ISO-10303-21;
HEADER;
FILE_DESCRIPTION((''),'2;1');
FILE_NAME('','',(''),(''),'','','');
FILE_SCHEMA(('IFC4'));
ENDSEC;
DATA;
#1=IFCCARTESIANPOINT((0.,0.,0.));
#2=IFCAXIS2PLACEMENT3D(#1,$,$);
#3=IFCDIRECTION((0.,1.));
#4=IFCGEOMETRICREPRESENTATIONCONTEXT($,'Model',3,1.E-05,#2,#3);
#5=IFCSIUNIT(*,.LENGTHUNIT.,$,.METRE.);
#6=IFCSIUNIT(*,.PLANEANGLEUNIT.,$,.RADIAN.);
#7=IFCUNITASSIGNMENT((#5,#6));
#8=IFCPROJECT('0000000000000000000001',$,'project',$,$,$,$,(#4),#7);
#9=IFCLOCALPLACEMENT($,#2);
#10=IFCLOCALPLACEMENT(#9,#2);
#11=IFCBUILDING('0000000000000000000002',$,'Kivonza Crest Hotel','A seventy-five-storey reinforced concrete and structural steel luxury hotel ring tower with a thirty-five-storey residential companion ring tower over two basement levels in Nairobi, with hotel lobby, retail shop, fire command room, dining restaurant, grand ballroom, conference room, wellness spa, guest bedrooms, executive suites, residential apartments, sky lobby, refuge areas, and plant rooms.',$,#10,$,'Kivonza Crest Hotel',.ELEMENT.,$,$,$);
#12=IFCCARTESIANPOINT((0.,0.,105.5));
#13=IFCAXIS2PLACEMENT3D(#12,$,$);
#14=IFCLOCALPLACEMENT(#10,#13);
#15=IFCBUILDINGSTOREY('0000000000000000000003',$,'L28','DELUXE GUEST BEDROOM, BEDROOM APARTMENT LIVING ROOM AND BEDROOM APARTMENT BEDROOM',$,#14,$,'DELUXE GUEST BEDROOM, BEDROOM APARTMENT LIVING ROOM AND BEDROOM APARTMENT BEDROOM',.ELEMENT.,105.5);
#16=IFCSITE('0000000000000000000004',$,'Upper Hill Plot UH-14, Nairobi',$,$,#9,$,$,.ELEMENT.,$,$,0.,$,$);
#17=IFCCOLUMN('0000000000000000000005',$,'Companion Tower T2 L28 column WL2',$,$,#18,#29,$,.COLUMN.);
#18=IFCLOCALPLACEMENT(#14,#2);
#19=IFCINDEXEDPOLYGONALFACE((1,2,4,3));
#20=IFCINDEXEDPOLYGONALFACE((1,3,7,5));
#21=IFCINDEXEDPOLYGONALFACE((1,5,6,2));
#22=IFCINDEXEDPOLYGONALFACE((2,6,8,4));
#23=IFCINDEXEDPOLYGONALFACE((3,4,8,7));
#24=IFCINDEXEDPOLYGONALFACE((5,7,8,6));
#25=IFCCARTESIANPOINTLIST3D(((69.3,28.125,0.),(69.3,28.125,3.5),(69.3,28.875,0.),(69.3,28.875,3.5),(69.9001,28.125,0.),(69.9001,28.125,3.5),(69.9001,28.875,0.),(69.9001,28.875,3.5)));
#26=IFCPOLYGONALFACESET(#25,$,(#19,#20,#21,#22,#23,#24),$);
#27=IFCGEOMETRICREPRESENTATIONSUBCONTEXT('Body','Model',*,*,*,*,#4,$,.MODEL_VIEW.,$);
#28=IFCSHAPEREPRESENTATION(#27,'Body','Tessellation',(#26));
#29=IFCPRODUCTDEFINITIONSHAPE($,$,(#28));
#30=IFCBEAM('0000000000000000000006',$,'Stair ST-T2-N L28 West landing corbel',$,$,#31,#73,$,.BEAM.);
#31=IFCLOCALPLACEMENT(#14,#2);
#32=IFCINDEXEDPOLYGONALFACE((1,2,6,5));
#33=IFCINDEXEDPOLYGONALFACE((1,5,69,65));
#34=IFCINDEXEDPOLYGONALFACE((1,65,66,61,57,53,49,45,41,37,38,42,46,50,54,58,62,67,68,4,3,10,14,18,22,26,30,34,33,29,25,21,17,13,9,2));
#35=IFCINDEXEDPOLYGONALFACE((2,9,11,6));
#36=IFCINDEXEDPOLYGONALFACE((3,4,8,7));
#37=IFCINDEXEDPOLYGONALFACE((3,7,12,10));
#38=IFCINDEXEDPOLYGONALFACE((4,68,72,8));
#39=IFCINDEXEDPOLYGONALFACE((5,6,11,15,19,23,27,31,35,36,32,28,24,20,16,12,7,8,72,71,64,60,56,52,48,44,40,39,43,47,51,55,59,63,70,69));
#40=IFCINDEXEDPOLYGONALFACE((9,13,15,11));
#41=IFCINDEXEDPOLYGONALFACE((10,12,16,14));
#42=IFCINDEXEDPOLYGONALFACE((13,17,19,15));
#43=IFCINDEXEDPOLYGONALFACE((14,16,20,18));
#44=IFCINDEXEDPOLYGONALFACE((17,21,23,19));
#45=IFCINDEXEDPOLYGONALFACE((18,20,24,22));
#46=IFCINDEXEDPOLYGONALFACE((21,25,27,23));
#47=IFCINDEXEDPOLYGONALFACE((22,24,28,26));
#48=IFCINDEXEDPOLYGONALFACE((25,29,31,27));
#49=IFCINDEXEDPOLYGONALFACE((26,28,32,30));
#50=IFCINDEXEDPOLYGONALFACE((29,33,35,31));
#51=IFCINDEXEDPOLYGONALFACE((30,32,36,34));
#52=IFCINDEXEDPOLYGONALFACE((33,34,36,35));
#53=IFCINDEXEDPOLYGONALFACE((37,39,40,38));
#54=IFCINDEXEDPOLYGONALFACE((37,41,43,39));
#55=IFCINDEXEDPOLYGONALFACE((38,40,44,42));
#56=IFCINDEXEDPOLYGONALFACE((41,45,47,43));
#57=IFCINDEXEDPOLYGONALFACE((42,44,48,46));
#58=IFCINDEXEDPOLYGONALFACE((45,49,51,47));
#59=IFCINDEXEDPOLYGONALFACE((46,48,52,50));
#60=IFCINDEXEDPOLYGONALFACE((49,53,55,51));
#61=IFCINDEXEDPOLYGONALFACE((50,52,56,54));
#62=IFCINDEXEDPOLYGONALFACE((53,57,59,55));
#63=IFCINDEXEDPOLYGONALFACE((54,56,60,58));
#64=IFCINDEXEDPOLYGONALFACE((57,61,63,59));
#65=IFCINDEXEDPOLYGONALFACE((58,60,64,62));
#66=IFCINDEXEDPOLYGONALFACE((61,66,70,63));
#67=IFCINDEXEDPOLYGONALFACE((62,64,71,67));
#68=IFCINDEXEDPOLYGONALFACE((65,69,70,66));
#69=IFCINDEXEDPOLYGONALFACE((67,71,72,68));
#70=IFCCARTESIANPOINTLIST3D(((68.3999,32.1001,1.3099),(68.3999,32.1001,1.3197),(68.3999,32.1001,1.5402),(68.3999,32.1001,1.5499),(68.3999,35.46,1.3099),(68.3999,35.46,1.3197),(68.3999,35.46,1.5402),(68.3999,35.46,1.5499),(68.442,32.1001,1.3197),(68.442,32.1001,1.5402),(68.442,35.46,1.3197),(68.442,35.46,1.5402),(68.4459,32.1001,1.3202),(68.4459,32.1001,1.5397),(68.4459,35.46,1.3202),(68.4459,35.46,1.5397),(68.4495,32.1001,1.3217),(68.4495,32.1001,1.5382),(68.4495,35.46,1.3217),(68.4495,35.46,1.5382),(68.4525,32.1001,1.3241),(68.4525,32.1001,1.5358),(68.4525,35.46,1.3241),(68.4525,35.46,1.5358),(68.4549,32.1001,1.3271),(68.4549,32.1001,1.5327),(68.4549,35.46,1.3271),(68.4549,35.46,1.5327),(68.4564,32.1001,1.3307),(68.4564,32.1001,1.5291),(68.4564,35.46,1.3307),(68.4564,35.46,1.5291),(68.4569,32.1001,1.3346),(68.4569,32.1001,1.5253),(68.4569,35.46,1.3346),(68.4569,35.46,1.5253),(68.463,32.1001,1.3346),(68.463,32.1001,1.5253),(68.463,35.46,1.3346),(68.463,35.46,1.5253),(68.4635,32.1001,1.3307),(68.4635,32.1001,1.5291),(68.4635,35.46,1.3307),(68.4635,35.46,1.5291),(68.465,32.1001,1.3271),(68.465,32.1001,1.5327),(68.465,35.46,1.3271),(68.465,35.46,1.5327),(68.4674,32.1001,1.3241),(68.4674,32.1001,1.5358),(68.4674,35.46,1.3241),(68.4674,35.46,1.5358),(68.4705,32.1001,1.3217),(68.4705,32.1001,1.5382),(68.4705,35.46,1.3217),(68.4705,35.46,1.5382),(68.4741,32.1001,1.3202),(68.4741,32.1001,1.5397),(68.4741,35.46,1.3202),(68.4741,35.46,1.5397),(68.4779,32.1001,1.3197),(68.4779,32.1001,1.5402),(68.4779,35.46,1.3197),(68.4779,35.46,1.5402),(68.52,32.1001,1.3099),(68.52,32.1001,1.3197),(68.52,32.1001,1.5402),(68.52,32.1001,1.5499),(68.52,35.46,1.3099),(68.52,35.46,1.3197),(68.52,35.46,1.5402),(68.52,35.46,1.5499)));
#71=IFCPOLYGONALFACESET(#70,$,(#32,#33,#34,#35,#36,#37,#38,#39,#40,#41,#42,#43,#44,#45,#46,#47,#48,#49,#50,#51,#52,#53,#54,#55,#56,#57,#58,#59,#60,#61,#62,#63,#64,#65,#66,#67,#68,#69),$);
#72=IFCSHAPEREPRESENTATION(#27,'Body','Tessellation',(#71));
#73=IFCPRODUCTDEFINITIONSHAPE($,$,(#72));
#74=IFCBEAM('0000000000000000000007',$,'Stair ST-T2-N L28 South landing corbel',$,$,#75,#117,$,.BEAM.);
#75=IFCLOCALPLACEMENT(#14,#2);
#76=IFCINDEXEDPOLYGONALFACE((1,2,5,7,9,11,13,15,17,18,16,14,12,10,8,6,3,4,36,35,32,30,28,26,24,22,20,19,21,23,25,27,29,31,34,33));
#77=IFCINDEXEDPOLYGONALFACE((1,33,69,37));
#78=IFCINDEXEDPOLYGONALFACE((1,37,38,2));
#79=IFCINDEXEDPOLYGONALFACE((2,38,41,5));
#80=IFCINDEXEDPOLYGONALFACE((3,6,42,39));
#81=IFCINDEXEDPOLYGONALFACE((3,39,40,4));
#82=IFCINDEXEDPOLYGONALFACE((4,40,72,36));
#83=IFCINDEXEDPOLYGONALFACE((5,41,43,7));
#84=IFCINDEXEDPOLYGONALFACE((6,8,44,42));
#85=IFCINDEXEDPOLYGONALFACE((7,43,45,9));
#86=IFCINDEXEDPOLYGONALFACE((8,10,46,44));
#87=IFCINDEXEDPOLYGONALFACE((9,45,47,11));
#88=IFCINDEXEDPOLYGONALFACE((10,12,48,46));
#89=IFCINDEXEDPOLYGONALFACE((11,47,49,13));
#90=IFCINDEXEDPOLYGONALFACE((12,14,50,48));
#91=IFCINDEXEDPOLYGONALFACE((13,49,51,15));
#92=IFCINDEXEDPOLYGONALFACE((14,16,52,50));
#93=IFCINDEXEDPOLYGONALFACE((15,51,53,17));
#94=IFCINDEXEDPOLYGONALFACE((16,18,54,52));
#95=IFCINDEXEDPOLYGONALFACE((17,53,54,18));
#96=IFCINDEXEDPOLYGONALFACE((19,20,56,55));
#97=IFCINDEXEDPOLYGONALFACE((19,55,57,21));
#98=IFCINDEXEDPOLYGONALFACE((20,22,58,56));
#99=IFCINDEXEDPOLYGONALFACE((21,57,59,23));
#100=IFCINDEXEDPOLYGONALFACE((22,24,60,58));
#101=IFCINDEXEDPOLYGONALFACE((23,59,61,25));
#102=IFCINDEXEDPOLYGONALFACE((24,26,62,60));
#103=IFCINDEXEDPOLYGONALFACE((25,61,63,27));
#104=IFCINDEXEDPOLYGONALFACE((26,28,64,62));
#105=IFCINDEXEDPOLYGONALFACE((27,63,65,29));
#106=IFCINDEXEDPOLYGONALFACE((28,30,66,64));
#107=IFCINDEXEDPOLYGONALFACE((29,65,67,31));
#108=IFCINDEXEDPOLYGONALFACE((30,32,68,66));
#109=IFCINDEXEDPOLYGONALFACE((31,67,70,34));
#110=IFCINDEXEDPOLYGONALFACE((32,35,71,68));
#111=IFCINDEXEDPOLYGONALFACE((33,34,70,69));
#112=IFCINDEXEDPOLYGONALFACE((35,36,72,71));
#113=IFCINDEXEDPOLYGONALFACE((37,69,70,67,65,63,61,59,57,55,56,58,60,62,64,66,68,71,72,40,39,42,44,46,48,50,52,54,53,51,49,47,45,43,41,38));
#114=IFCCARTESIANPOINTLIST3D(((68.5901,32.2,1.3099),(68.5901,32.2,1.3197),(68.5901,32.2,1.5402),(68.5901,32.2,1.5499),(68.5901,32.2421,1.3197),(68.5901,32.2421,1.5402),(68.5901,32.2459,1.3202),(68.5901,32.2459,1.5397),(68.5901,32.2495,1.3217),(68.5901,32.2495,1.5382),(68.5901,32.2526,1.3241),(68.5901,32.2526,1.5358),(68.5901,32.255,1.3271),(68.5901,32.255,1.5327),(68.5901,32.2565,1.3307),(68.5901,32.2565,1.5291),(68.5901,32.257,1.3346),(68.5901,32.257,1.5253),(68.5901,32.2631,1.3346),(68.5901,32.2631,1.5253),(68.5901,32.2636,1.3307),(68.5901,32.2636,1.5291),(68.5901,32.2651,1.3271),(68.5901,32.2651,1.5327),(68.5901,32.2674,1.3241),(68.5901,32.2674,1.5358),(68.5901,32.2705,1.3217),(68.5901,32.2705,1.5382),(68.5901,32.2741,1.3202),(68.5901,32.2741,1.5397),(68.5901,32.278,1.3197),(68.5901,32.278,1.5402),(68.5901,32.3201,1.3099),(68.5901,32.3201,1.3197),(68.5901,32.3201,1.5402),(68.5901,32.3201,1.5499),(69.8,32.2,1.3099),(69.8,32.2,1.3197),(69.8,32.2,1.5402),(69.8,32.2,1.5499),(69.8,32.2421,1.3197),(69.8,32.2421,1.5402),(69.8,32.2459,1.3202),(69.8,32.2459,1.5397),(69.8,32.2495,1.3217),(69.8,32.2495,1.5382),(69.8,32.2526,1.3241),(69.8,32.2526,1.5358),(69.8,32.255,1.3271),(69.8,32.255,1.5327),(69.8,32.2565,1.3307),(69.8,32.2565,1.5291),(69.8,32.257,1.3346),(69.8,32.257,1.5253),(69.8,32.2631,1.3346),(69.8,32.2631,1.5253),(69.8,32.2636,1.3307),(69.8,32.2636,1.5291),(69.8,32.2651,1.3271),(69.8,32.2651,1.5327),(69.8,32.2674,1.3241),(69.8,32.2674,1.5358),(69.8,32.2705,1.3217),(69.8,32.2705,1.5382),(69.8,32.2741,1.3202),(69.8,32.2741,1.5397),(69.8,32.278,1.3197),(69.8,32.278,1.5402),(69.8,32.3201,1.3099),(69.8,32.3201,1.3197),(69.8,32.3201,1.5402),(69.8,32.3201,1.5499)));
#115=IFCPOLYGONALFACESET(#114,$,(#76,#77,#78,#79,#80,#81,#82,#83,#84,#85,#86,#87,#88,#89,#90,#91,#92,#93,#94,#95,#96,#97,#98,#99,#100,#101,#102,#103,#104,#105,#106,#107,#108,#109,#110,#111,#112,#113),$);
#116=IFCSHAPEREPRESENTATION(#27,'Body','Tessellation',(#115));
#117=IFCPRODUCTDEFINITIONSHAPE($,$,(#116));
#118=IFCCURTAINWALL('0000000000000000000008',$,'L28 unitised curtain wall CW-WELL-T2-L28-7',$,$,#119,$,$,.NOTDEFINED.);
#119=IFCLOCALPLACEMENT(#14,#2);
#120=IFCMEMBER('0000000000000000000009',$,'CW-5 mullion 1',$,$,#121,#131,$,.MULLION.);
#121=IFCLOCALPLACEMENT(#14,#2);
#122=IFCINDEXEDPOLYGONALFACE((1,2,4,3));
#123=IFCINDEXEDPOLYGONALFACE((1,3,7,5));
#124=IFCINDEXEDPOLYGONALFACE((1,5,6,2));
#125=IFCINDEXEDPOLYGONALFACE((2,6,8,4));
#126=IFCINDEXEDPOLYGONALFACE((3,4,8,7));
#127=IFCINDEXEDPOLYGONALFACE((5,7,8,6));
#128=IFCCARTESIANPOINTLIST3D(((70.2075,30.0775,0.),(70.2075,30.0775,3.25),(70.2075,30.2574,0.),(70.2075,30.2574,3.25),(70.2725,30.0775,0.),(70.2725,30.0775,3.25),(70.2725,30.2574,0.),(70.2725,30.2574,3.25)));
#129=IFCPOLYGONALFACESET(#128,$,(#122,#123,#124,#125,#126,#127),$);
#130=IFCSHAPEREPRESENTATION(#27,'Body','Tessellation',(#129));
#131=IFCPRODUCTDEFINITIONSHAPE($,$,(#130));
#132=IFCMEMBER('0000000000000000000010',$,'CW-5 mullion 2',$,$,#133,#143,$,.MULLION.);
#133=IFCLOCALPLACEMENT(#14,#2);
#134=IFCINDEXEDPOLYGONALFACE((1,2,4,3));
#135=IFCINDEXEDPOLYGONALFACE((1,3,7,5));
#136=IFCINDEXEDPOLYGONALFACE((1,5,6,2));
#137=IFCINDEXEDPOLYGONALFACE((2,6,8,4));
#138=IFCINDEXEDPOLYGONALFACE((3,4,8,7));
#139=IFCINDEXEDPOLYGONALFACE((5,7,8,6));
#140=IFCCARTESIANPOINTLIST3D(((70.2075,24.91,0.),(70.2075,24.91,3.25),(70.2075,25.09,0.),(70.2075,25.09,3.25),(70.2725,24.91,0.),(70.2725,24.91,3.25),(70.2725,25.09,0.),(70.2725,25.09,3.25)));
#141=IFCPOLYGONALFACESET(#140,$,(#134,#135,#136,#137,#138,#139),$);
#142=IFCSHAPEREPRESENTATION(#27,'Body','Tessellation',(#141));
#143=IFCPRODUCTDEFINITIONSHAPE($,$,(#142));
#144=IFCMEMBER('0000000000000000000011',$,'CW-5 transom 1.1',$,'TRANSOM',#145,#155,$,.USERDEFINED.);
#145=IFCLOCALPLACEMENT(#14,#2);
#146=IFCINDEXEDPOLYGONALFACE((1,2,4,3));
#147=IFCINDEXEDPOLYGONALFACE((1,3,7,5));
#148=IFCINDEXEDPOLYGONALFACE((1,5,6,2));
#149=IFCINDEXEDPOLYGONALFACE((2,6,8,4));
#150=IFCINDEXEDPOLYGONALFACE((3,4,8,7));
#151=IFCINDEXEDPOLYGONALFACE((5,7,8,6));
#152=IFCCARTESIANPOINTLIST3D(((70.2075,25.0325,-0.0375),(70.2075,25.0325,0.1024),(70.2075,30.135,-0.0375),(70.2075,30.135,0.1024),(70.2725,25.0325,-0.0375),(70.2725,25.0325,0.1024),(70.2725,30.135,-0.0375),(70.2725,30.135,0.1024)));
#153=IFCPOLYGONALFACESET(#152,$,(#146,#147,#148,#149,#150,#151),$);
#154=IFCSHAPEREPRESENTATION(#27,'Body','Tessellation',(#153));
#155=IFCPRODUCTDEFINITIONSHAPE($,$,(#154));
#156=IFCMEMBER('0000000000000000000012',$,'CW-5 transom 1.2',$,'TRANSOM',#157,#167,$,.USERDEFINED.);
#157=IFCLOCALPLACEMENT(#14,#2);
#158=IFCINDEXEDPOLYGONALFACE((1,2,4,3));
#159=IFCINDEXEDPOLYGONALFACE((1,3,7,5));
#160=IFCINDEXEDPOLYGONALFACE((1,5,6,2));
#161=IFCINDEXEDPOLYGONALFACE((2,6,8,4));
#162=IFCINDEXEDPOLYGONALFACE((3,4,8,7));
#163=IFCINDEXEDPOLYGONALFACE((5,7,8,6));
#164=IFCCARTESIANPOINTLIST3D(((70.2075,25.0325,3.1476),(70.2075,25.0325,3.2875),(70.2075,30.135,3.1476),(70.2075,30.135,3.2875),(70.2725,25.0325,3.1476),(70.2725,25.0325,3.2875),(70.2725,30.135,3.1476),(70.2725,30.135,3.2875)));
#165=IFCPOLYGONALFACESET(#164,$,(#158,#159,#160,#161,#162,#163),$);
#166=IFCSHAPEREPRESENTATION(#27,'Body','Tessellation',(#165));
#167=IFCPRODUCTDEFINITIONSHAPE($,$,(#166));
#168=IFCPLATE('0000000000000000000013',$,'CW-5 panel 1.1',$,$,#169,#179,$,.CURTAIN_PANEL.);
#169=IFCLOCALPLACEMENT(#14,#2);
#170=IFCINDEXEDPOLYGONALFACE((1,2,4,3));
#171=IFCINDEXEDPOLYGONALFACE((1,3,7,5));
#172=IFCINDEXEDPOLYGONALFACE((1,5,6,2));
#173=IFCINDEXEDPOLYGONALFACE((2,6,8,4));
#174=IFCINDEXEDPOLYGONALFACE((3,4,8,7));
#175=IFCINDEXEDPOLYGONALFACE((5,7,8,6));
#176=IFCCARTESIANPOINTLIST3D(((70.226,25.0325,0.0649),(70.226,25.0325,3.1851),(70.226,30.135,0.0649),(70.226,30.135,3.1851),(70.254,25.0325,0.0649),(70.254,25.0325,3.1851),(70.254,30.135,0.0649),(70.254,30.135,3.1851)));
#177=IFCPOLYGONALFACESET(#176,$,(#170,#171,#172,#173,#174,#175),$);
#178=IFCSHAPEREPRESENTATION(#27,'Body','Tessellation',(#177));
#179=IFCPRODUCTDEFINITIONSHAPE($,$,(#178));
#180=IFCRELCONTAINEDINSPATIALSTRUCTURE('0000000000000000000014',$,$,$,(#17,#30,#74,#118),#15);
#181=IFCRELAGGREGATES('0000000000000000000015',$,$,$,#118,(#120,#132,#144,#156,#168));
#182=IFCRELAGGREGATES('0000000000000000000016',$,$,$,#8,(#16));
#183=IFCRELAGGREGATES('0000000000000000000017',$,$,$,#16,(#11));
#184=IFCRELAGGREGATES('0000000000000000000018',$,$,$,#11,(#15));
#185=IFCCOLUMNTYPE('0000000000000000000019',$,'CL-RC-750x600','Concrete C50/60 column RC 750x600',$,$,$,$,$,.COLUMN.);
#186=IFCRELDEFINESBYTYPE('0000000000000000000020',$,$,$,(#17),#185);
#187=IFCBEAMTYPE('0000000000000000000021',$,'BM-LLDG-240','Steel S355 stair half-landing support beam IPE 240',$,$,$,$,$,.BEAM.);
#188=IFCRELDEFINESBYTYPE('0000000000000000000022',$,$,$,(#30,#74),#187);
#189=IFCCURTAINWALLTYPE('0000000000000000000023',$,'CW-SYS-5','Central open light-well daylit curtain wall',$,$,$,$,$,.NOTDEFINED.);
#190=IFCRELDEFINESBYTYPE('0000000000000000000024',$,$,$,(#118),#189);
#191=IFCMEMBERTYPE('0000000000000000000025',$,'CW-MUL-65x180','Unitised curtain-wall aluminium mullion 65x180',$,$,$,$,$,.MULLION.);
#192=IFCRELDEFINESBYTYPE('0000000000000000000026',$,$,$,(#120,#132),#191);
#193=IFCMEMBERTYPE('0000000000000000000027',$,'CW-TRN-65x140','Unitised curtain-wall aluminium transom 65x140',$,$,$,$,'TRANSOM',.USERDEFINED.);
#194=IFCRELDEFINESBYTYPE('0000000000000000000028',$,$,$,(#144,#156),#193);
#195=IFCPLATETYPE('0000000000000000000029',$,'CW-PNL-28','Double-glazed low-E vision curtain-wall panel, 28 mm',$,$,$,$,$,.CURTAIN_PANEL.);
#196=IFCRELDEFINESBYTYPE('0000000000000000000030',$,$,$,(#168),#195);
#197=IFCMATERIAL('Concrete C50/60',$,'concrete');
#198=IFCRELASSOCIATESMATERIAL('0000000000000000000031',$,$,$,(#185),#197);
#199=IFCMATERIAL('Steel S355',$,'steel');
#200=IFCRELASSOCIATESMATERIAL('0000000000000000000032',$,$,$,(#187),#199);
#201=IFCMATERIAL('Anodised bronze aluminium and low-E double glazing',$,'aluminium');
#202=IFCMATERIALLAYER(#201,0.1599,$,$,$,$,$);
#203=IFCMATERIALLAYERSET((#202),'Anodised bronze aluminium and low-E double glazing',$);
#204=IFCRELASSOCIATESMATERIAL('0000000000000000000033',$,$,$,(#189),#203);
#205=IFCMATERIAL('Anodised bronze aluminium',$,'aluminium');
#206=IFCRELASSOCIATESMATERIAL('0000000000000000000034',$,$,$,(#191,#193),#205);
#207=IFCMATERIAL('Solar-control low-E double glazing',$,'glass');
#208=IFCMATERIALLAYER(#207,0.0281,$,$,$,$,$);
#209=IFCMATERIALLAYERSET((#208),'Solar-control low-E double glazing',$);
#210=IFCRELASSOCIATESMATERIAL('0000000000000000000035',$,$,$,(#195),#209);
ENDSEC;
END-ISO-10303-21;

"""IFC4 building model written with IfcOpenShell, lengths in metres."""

from ifc_helpers import new_model, si_unit, direction, frame, origin, origin_2d, place, context, subcontext, project, spatial, rectangle, i_section, extrude, material, layer, layer_set, material_profile, profile_set, type_object, element, aggregate, save


model = new_model("IFC4")

# Units and contexts
model_context = context("Model", 3, precision=1e-05, world=origin(), true_north=direction((0.0, 1.0)))
body_context = subcontext(model_context, "Body", "Model", "MODEL_VIEW")
ifc_project = project(units=[si_unit("LENGTHUNIT", "METRE"), si_unit("PLANEANGLEUNIT", "RADIAN")], contexts=[model_context])

# Site, building, storey
site_placement = place(None, origin())
site = spatial("IfcSite", under=ifc_project, at=site_placement, Name="Upper Hill Plot UH-14, Nairobi", CompositionType="ELEMENT", RefElevation=0.0)
building_placement = place(site_placement, origin())
building = spatial("IfcBuilding", under=site, at=building_placement, Name="Kivonza Crest Hotel", Description="A seventy-five-storey reinforced concrete and structural steel luxury hotel ring tower with a thirty-five-storey residential companion ring tower over two basement levels in Nairobi, with hotel lobby, retail shop, fire command room, dining restaurant, grand ballroom, conference room, wellness spa, guest bedrooms, executive suites, residential apartments, sky lobby, refuge areas, and plant rooms.", LongName="Kivonza Crest Hotel", CompositionType="ELEMENT")
storey_placement = place(building_placement, frame((0.0, 0.0, 105.5)))
storey = spatial("IfcBuildingStorey", under=building, at=storey_placement, Name="L28", Description="DELUXE GUEST BEDROOM, BEDROOM APARTMENT LIVING ROOM AND BEDROOM APARTMENT BEDROOM", LongName="DELUXE GUEST BEDROOM, BEDROOM APARTMENT LIVING ROOM AND BEDROOM APARTMENT BEDROOM", CompositionType="ELEMENT", Elevation=105.5)

# Column
ifc_material_1 = material(Name="Concrete C50/60", Category="concrete")
ifc_material_profile_1 = material_profile(ifc_material_1, rectangle(XDim=0.6001, YDim=0.75, at=origin_2d()), Name="RC 750x600")
ifc_profile_set_1 = profile_set([ifc_material_profile_1], Name="Concrete C50/60")
column_type = type_object("IfcColumnType", Name="CL-RC-750x600", Description="Concrete C50/60 column RC 750x600", PredefinedType="COLUMN", material=ifc_profile_set_1)
column_placement = place(storey_placement, frame((69.6001, 28.5, 0.0), z_axis=(0.0, 0.0, 1.0), x_axis=(1.0, 0.0, 0.0)))
element("IfcColumn", 1, at=column_placement, inside=storey, type_object=column_type, Name="Companion Tower T2 L28 column WL2", PredefinedType="COLUMN", context=body_context, shape_type="SweptSolid", body=[
    extrude(rectangle(XDim=0.6001, YDim=0.75, at=origin_2d()), origin(), (0.0, 0.0, 1.0), 3.5),
])

# Beams
ifc_material_2 = material(Name="Steel S355", Category="steel")
ifc_material_profile_2 = material_profile(ifc_material_2, i_section(OverallWidth=0.1201, OverallDepth=0.24, WebThickness=0.0061, FlangeThickness=0.0098, FilletRadius=0.0149, at=origin_2d()), Name="IPE 240")
ifc_profile_set_2 = profile_set([ifc_material_profile_2], Name="Steel S355")
beam_type = type_object("IfcBeamType", Name="BM-LLDG-240", Description="Steel S355 stair half-landing support beam IPE 240", PredefinedType="BEAM", material=ifc_profile_set_2)
beam_1_placement = place(storey_placement, frame((68.46, 32.1001, 1.4299), z_axis=(0.0, 1.0, 0.0), x_axis=(-1.0, 0.0, 0.0)))
element("IfcBeam", 2, at=beam_1_placement, inside=storey, type_object=beam_type, Name="Stair ST-T2-N L28 West landing corbel", PredefinedType="BEAM", context=body_context, shape_type="SweptSolid", body=[
    extrude(i_section(OverallWidth=0.1201, OverallDepth=0.24, WebThickness=0.0061, FlangeThickness=0.0098, FilletRadius=0.0149, at=origin_2d()), origin(), (0.0, 0.0, 1.0), 3.3599),
])
beam_2_placement = place(storey_placement, frame((68.5901, 32.26, 1.4299), z_axis=(1.0, 0.0, 0.0), x_axis=(0.0, 1.0, 0.0)))
element("IfcBeam", 3, at=beam_2_placement, inside=storey, type_object=beam_type, Name="Stair ST-T2-N L28 South landing corbel", PredefinedType="BEAM", context=body_context, shape_type="SweptSolid", body=[
    extrude(i_section(OverallWidth=0.1201, OverallDepth=0.24, WebThickness=0.0061, FlangeThickness=0.0098, FilletRadius=0.0149, at=origin_2d()), origin(), (0.0, 0.0, 1.0), 1.21),
])

# Curtain wall, members, plate
ifc_material_3 = material(Name="Anodised bronze aluminium and low-E double glazing", Category="aluminium")
ifc_layer_1 = layer(ifc_material_3, 0.1599)
ifc_layer_set_1 = layer_set([ifc_layer_1], Name="Anodised bronze aluminium and low-E double glazing")
curtain_wall_type = type_object("IfcCurtainWallType", Name="CW-SYS-5", Description="Central open light-well daylit curtain wall", PredefinedType="NOTDEFINED", material=ifc_layer_set_1)
curtain_wall_placement = place(storey_placement, origin())
curtain_wall = element("IfcCurtainWall", 4, at=curtain_wall_placement, inside=storey, type_object=curtain_wall_type, Name="L28 unitised curtain wall CW-WELL-T2-L28-7", PredefinedType="NOTDEFINED")
ifc_material_4 = material(Name="Anodised bronze aluminium", Category="aluminium")
ifc_material_profile_3 = material_profile(ifc_material_4, rectangle(XDim=0.0649, YDim=0.1799, at=origin_2d()), Name="CW-M 65x180")
ifc_profile_set_3 = profile_set([ifc_material_profile_3], Name="Anodised bronze aluminium")
member_type_1 = type_object("IfcMemberType", Name="CW-MUL-65x180", Description="Unitised curtain-wall aluminium mullion 65x180", PredefinedType="MULLION", material=ifc_profile_set_3)
member_1_placement = place(storey_placement, frame((70.24, 30.1675, 0.0), z_axis=(0.0, 0.0, 1.0), x_axis=(1.0, 0.0, 0.0)))
member_1 = element("IfcMember", 5, at=member_1_placement, type_object=member_type_1, Name="CW-5 mullion 1", PredefinedType="MULLION", context=body_context, shape_type="SweptSolid", body=[
    extrude(rectangle(XDim=0.0649, YDim=0.1799, at=origin_2d()), origin(), (0.0, 0.0, 1.0), 3.25),
])
member_2_placement = place(storey_placement, frame((70.24, 25.0, 0.0), z_axis=(0.0, 0.0, 1.0), x_axis=(1.0, 0.0, 0.0)))
member_2 = element("IfcMember", 6, at=member_2_placement, type_object=member_type_1, Name="CW-5 mullion 2", PredefinedType="MULLION", context=body_context, shape_type="SweptSolid", body=[
    extrude(rectangle(XDim=0.0649, YDim=0.1799, at=origin_2d()), origin(), (0.0, 0.0, 1.0), 3.25),
])
ifc_material_profile_4 = material_profile(ifc_material_4, rectangle(XDim=0.0649, YDim=0.1399, at=origin_2d()), Name="CW-T 65x140")
ifc_profile_set_4 = profile_set([ifc_material_profile_4], Name="Anodised bronze aluminium")
member_type_2 = type_object("IfcMemberType", Name="CW-TRN-65x140", Description="Unitised curtain-wall aluminium transom 65x140", ElementType="TRANSOM", PredefinedType="USERDEFINED", material=ifc_profile_set_4)
member_3_placement = place(storey_placement, frame((70.24, 30.135, 0.0325), z_axis=(0.0, -1.0, 0.0), x_axis=(1.0, 0.0, 0.0)))
member_3 = element("IfcMember", 7, at=member_3_placement, type_object=member_type_2, Name="CW-5 transom 1.1", ObjectType="TRANSOM", PredefinedType="USERDEFINED", context=body_context, shape_type="SweptSolid", body=[
    extrude(rectangle(XDim=0.0649, YDim=0.1399, at=origin_2d()), origin(), (0.0, 0.0, 1.0), 5.1025),
])
member_4_placement = place(storey_placement, frame((70.24, 30.135, 3.2175), z_axis=(0.0, -1.0, 0.0), x_axis=(1.0, 0.0, 0.0)))
member_4 = element("IfcMember", 8, at=member_4_placement, type_object=member_type_2, Name="CW-5 transom 1.2", ObjectType="TRANSOM", PredefinedType="USERDEFINED", context=body_context, shape_type="SweptSolid", body=[
    extrude(rectangle(XDim=0.0649, YDim=0.1399, at=origin_2d()), origin(), (0.0, 0.0, 1.0), 5.1025),
])
ifc_material_5 = material(Name="Solar-control low-E double glazing", Category="glass")
ifc_layer_2 = layer(ifc_material_5, 0.0281)
ifc_layer_set_2 = layer_set([ifc_layer_2], Name="Solar-control low-E double glazing")
plate_type = type_object("IfcPlateType", Name="CW-PNL-28", Description="Double-glazed low-E vision curtain-wall panel, 28 mm", PredefinedType="CURTAIN_PANEL", material=ifc_layer_set_2)
plate_placement = place(storey_placement, frame((70.24, 27.5837, 0.0649), z_axis=(0.0, 0.0, 1.0), x_axis=(0.0, -1.0, 0.0)))
plate = element("IfcPlate", 9, at=plate_placement, type_object=plate_type, Name="CW-5 panel 1.1", PredefinedType="CURTAIN_PANEL", context=body_context, shape_type="SweptSolid", body=[
    extrude(rectangle(XDim=5.1025, YDim=0.0281, at=origin_2d()), origin(), (0.0, 0.0, 1.0), 3.1201),
])
aggregate(curtain_wall, [member_1, member_2, member_3, member_4, plate])

save(model, "model.ifc")
